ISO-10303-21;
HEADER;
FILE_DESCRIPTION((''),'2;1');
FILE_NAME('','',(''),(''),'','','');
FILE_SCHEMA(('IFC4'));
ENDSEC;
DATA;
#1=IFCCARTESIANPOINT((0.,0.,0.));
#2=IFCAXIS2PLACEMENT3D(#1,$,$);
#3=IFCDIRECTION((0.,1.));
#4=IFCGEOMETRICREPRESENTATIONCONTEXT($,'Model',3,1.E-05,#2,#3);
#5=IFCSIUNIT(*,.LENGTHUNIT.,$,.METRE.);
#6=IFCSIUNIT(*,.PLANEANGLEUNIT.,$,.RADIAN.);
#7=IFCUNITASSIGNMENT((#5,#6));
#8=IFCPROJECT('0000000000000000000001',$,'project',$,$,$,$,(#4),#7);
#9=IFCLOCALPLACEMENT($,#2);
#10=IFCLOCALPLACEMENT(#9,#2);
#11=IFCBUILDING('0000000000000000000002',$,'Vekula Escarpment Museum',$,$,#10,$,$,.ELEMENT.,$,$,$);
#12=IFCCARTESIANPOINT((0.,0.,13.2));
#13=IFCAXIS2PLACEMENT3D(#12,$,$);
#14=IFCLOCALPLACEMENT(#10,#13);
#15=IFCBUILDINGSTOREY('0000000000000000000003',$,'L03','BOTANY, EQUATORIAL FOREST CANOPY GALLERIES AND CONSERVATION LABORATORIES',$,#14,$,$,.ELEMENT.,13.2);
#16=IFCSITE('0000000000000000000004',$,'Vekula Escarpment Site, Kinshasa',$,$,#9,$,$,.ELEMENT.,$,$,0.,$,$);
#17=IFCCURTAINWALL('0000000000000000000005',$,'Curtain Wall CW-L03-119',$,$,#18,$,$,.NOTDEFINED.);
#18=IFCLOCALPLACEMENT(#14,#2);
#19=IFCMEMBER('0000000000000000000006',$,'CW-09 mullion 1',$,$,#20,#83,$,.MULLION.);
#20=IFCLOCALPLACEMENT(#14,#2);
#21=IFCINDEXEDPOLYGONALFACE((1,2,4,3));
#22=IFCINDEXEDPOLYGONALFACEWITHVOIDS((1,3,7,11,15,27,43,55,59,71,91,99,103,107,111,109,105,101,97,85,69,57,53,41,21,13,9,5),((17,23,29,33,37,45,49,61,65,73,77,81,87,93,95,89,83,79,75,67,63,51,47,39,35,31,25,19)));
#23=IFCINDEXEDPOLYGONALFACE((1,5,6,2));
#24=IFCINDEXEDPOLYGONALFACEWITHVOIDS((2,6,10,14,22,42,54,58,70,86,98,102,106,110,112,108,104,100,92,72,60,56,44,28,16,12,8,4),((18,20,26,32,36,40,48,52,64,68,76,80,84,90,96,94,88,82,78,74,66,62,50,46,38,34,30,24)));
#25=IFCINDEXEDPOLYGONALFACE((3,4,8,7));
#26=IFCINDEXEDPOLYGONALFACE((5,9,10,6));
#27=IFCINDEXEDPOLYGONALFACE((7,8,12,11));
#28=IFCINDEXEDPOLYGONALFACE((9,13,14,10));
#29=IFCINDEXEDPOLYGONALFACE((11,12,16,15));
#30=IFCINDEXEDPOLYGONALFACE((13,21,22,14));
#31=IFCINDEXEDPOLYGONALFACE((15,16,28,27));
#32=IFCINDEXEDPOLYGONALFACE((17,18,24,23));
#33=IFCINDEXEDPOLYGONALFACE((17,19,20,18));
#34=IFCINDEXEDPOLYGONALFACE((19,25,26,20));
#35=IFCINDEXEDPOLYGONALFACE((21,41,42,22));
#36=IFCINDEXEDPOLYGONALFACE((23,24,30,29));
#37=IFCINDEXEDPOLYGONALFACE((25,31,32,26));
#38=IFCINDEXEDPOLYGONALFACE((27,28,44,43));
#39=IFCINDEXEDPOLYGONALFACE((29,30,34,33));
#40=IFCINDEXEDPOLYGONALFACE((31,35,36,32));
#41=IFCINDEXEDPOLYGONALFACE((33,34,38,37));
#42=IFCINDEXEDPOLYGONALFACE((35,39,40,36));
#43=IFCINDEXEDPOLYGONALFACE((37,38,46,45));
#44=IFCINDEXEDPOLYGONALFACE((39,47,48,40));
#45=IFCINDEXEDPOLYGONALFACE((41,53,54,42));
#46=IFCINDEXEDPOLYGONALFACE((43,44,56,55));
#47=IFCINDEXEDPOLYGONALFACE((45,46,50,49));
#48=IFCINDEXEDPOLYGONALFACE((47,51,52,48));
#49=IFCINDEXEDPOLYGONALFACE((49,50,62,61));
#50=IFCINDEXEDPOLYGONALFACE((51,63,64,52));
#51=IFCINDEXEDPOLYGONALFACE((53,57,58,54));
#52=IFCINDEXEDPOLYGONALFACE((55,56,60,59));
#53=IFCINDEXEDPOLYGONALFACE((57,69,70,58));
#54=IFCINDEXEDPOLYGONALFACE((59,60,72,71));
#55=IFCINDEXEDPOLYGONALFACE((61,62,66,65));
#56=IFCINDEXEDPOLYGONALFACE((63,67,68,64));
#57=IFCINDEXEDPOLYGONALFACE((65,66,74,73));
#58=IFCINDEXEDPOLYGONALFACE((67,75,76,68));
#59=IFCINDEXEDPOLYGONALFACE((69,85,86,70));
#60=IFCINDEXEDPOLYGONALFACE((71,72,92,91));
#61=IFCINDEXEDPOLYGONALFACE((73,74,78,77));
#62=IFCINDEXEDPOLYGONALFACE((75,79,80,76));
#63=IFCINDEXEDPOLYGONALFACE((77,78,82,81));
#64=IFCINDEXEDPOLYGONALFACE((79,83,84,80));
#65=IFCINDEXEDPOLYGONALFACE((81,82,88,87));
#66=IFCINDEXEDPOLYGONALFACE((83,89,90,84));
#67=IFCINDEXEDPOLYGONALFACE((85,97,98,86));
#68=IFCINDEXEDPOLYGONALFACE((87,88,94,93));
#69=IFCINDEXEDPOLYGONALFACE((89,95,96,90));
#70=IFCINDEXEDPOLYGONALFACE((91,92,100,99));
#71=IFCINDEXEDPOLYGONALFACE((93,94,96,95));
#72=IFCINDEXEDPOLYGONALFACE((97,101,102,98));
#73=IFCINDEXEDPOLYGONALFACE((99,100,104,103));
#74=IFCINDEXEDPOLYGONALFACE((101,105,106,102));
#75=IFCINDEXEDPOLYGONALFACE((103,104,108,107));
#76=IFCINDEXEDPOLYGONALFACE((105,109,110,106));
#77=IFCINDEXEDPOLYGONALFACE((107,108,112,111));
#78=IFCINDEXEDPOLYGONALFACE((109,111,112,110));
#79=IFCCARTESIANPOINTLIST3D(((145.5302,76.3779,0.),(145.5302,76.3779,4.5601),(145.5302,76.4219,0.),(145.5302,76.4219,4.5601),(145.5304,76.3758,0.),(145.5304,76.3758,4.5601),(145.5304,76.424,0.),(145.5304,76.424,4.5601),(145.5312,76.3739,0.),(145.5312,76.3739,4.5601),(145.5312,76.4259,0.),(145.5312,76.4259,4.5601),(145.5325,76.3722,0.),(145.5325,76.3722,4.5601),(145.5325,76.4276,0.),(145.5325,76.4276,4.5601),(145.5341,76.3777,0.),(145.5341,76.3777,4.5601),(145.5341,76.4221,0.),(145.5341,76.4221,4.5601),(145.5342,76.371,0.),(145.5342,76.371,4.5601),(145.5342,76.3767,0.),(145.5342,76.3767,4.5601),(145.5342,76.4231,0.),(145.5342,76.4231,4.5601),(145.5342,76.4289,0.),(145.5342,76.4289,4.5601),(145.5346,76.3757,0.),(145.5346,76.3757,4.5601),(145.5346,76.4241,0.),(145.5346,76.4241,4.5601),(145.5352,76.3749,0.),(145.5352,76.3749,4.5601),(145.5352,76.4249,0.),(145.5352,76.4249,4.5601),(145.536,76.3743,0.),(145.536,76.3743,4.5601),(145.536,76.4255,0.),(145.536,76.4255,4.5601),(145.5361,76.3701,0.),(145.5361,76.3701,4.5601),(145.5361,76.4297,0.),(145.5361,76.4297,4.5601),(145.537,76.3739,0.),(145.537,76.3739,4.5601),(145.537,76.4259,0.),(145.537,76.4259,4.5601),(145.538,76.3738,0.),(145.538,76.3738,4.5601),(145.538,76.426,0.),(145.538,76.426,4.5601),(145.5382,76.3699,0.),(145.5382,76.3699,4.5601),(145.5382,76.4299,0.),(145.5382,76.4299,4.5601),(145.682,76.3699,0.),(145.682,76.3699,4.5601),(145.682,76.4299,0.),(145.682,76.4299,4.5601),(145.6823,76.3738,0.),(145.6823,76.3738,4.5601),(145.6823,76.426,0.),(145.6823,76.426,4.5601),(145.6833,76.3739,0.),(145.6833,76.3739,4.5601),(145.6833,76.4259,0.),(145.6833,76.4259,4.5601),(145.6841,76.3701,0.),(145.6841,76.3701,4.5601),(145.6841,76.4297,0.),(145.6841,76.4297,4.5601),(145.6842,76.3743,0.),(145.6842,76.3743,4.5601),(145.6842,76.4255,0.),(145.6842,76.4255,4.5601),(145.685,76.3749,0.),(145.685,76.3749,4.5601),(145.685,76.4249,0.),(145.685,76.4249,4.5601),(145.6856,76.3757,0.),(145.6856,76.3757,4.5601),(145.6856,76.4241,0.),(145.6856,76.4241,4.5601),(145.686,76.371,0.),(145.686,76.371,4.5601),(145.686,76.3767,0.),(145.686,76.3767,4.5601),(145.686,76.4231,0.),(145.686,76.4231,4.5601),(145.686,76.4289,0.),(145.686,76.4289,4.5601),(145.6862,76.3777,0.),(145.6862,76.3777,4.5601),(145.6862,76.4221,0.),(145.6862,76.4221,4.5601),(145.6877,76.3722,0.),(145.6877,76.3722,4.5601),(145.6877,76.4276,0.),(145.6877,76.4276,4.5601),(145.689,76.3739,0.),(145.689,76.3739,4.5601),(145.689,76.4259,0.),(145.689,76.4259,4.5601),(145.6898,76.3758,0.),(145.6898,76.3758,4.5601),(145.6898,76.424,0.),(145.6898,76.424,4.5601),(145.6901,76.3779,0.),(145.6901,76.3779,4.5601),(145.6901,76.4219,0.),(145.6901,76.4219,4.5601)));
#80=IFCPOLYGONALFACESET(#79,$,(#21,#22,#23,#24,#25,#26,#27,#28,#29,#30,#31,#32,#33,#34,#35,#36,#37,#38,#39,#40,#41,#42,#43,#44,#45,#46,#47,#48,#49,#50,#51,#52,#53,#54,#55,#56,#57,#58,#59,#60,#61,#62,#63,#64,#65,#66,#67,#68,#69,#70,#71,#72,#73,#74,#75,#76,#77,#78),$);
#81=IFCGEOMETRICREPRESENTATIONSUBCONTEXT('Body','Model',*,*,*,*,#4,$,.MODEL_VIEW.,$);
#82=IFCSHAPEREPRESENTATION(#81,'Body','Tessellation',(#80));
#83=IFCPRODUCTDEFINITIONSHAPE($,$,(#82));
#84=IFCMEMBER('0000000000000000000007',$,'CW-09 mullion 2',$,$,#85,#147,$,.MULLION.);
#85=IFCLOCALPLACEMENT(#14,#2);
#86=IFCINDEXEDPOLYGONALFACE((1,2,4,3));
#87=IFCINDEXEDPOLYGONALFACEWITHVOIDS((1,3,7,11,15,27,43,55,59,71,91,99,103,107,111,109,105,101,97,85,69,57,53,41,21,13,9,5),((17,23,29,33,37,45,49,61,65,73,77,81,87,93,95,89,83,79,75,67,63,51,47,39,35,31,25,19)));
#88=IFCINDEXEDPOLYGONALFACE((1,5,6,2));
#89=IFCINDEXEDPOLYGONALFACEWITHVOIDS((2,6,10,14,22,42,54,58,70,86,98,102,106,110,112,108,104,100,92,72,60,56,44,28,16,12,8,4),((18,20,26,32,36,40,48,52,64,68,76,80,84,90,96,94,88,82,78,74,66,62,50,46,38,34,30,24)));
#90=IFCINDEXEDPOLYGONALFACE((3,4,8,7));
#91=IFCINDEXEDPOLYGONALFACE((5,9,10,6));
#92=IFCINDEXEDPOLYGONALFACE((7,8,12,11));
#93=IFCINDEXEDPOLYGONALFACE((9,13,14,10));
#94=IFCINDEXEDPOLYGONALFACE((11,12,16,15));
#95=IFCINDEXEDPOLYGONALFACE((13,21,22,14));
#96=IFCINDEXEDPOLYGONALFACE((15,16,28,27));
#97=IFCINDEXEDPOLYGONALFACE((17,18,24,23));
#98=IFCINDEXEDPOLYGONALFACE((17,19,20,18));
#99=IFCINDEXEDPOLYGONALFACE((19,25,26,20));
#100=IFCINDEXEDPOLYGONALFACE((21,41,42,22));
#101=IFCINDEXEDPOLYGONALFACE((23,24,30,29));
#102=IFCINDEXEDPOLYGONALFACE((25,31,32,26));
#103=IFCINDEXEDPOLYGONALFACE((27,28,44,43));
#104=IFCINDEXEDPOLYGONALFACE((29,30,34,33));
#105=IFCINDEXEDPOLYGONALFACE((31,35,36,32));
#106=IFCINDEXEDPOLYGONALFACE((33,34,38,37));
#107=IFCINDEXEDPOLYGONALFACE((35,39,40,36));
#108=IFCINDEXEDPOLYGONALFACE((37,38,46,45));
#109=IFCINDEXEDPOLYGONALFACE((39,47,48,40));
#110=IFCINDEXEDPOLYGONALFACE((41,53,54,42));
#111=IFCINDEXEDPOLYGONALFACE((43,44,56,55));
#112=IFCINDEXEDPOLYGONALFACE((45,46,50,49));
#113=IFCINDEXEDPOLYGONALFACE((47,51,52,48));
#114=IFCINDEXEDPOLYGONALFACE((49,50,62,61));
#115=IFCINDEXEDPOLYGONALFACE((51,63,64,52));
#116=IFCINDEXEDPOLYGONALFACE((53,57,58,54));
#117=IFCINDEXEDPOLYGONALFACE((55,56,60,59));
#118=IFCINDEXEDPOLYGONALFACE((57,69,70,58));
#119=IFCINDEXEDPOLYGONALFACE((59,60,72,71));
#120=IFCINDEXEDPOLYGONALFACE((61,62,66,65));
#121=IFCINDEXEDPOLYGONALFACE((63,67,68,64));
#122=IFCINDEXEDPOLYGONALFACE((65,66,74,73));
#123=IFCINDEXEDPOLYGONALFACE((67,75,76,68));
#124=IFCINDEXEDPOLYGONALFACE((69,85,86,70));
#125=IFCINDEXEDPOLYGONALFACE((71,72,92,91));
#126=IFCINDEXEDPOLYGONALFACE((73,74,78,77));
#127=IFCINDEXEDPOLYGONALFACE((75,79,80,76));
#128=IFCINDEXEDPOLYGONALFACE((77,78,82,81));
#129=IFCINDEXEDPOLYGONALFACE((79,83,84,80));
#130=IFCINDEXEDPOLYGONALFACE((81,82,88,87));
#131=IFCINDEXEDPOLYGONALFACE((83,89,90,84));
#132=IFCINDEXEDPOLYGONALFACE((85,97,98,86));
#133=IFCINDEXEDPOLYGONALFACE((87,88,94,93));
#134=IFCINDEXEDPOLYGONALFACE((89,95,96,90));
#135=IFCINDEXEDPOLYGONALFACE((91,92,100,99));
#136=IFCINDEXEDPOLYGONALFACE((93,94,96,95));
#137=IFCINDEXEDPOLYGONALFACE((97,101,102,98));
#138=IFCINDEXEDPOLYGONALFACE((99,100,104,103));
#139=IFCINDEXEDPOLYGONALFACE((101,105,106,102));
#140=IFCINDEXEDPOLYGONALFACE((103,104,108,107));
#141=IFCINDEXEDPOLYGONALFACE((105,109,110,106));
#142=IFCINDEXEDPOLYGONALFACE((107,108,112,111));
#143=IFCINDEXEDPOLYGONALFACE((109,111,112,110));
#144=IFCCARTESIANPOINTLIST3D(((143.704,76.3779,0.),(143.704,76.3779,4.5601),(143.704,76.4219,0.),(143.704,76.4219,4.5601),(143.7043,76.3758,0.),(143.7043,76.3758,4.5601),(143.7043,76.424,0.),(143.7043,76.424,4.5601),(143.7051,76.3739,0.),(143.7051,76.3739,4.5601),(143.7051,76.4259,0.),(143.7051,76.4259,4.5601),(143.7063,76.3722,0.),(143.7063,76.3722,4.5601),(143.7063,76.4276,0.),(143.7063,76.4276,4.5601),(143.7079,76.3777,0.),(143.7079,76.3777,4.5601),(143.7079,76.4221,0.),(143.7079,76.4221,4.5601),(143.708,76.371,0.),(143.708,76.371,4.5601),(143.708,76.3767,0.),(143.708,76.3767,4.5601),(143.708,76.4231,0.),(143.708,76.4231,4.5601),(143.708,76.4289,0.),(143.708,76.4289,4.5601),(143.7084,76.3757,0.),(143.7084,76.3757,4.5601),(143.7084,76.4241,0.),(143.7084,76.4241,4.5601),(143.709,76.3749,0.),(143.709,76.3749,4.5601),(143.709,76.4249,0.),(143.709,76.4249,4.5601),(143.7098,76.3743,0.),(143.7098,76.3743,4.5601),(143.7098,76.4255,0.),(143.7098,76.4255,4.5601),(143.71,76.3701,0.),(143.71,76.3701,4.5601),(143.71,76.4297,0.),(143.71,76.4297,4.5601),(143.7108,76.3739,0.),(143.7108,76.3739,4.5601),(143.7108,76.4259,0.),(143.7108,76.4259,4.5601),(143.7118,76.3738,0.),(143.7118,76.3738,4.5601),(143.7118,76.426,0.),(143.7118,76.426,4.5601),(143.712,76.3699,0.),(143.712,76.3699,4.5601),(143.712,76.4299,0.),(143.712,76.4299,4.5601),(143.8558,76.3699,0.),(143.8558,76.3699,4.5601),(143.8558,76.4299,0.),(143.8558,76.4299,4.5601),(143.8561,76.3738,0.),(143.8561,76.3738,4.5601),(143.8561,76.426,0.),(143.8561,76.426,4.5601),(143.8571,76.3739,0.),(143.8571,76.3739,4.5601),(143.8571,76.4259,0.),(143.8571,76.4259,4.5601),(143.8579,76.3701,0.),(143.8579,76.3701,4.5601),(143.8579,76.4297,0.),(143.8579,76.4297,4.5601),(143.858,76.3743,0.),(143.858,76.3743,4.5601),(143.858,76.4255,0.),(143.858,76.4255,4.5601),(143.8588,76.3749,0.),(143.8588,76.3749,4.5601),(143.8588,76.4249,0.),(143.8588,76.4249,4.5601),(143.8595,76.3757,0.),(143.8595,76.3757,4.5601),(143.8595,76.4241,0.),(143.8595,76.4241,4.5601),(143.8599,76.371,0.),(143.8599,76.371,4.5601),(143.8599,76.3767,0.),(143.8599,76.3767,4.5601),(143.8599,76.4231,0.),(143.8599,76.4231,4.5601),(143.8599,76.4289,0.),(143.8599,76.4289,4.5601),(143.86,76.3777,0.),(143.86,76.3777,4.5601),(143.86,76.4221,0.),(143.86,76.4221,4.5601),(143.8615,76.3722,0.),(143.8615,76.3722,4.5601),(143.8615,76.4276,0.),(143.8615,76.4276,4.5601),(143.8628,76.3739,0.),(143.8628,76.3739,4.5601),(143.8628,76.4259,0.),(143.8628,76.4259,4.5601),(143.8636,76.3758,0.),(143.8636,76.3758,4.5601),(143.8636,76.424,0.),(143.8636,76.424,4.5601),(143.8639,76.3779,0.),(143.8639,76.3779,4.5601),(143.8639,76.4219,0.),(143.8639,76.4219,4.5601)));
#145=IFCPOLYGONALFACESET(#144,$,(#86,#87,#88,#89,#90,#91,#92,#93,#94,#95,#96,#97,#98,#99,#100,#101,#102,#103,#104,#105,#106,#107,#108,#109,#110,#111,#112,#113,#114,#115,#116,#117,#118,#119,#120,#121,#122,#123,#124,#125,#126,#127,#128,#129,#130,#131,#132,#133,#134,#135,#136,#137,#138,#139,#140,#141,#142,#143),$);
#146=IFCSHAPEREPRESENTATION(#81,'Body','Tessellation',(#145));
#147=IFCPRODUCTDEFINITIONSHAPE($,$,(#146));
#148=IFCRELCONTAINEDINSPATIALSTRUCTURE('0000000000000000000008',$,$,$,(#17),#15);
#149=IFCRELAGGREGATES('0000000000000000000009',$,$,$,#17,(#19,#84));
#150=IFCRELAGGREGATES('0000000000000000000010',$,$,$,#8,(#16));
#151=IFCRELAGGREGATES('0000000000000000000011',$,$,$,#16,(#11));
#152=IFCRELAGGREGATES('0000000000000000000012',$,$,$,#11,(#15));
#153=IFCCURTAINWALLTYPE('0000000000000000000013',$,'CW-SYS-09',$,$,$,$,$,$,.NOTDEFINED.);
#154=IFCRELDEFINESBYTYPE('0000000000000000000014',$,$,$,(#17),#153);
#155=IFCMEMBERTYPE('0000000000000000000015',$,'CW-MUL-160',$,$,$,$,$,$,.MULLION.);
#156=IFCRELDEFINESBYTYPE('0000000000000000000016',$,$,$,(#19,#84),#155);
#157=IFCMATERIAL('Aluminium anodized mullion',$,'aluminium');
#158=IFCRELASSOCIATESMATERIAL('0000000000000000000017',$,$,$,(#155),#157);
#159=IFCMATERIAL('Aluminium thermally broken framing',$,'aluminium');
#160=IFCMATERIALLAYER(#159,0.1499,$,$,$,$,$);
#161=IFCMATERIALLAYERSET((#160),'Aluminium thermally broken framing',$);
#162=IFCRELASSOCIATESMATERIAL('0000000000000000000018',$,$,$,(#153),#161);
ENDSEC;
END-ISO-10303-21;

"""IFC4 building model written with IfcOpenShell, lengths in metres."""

from ifc_helpers import new_model, si_unit, direction, frame, origin, origin_2d, place, context, subcontext, project, spatial, hollow_rectangle, extrude, material, layer, layer_set, material_profile, profile_set, type_object, element, aggregate, save


model = new_model("IFC4")

# Units and contexts
model_context = context("Model", 3, precision=1e-05, world=origin(), true_north=direction((0.0, 1.0)))
body_context = subcontext(model_context, "Body", "Model", "MODEL_VIEW")
ifc_project = project(units=[si_unit("LENGTHUNIT", "METRE"), si_unit("PLANEANGLEUNIT", "RADIAN")], contexts=[model_context])

# Site, building, storey
site_placement = place(None, origin())
site = spatial("IfcSite", under=ifc_project, at=site_placement, Name="Vekula Escarpment Site, Kinshasa", CompositionType="ELEMENT", RefElevation=0.0)
building_placement = place(site_placement, origin())
building = spatial("IfcBuilding", under=site, at=building_placement, Name="Vekula Escarpment Museum", CompositionType="ELEMENT")
storey_placement = place(building_placement, frame((0.0, 0.0, 13.2)))
storey = spatial("IfcBuildingStorey", under=building, at=storey_placement, Name="L03", Description="BOTANY, EQUATORIAL FOREST CANOPY GALLERIES AND CONSERVATION LABORATORIES", CompositionType="ELEMENT", Elevation=13.2)

# Shared definitions
ifc_material_1 = material(Name="Aluminium anodized mullion", Category="aluminium")
ifc_material_profile_1 = material_profile(ifc_material_1, hollow_rectangle(XDim=0.0601, YDim=0.1599, WallThickness=0.0039, InnerFilletRadius=0.0039, OuterFilletRadius=0.0081, at=origin_2d()), Name="ALU 160x60x4")
ifc_profile_set_1 = profile_set([ifc_material_profile_1], Name="Aluminium anodized mullion")
member_type_1 = type_object("IfcMemberType", Name="CW-MUL-160", PredefinedType="MULLION", material=ifc_profile_set_1)

# Curtain wall, members
ifc_material_2 = material(Name="Aluminium thermally broken framing", Category="aluminium")
ifc_layer_1 = layer(ifc_material_2, 0.1499)
ifc_layer_set_1 = layer_set([ifc_layer_1], Name="Aluminium thermally broken framing")
curtain_wall_type_1 = type_object("IfcCurtainWallType", Name="CW-SYS-09", PredefinedType="NOTDEFINED", material=ifc_layer_set_1)
curtain_wall_1_placement = place(storey_placement, origin())
curtain_wall_1 = element("IfcCurtainWall", 1, at=curtain_wall_1_placement, inside=storey, type_object=curtain_wall_type_1, Name="Curtain Wall CW-L03-119", PredefinedType="NOTDEFINED")
member_1_placement = place(storey_placement, frame((145.6101, 76.3999, 0.0), z_axis=(0.0, 0.0, 1.0), x_axis=(0.0, -1.0, 0.0)))
member_1 = element("IfcMember", 2, at=member_1_placement, type_object=member_type_1, Name="CW-09 mullion 1", PredefinedType="MULLION", context=body_context, shape_type="SweptSolid", body=[
    extrude(hollow_rectangle(XDim=0.0601, YDim=0.1599, WallThickness=0.0039, InnerFilletRadius=0.0039, OuterFilletRadius=0.0081, at=origin_2d()), origin(), (0.0, 0.0, 1.0), 4.5601),
])
member_2_placement = place(storey_placement, frame((143.7839, 76.3999, 0.0), z_axis=(0.0, 0.0, 1.0), x_axis=(0.0, -1.0, 0.0)))
member_2 = element("IfcMember", 3, at=member_2_placement, type_object=member_type_1, Name="CW-09 mullion 2", PredefinedType="MULLION", context=body_context, shape_type="SweptSolid", body=[
    extrude(hollow_rectangle(XDim=0.0601, YDim=0.1599, WallThickness=0.0039, InnerFilletRadius=0.0039, OuterFilletRadius=0.0081, at=origin_2d()), origin(), (0.0, 0.0, 1.0), 4.5601),
])

aggregate(curtain_wall_1, [member_1, member_2])

save(model, "model.ifc")
